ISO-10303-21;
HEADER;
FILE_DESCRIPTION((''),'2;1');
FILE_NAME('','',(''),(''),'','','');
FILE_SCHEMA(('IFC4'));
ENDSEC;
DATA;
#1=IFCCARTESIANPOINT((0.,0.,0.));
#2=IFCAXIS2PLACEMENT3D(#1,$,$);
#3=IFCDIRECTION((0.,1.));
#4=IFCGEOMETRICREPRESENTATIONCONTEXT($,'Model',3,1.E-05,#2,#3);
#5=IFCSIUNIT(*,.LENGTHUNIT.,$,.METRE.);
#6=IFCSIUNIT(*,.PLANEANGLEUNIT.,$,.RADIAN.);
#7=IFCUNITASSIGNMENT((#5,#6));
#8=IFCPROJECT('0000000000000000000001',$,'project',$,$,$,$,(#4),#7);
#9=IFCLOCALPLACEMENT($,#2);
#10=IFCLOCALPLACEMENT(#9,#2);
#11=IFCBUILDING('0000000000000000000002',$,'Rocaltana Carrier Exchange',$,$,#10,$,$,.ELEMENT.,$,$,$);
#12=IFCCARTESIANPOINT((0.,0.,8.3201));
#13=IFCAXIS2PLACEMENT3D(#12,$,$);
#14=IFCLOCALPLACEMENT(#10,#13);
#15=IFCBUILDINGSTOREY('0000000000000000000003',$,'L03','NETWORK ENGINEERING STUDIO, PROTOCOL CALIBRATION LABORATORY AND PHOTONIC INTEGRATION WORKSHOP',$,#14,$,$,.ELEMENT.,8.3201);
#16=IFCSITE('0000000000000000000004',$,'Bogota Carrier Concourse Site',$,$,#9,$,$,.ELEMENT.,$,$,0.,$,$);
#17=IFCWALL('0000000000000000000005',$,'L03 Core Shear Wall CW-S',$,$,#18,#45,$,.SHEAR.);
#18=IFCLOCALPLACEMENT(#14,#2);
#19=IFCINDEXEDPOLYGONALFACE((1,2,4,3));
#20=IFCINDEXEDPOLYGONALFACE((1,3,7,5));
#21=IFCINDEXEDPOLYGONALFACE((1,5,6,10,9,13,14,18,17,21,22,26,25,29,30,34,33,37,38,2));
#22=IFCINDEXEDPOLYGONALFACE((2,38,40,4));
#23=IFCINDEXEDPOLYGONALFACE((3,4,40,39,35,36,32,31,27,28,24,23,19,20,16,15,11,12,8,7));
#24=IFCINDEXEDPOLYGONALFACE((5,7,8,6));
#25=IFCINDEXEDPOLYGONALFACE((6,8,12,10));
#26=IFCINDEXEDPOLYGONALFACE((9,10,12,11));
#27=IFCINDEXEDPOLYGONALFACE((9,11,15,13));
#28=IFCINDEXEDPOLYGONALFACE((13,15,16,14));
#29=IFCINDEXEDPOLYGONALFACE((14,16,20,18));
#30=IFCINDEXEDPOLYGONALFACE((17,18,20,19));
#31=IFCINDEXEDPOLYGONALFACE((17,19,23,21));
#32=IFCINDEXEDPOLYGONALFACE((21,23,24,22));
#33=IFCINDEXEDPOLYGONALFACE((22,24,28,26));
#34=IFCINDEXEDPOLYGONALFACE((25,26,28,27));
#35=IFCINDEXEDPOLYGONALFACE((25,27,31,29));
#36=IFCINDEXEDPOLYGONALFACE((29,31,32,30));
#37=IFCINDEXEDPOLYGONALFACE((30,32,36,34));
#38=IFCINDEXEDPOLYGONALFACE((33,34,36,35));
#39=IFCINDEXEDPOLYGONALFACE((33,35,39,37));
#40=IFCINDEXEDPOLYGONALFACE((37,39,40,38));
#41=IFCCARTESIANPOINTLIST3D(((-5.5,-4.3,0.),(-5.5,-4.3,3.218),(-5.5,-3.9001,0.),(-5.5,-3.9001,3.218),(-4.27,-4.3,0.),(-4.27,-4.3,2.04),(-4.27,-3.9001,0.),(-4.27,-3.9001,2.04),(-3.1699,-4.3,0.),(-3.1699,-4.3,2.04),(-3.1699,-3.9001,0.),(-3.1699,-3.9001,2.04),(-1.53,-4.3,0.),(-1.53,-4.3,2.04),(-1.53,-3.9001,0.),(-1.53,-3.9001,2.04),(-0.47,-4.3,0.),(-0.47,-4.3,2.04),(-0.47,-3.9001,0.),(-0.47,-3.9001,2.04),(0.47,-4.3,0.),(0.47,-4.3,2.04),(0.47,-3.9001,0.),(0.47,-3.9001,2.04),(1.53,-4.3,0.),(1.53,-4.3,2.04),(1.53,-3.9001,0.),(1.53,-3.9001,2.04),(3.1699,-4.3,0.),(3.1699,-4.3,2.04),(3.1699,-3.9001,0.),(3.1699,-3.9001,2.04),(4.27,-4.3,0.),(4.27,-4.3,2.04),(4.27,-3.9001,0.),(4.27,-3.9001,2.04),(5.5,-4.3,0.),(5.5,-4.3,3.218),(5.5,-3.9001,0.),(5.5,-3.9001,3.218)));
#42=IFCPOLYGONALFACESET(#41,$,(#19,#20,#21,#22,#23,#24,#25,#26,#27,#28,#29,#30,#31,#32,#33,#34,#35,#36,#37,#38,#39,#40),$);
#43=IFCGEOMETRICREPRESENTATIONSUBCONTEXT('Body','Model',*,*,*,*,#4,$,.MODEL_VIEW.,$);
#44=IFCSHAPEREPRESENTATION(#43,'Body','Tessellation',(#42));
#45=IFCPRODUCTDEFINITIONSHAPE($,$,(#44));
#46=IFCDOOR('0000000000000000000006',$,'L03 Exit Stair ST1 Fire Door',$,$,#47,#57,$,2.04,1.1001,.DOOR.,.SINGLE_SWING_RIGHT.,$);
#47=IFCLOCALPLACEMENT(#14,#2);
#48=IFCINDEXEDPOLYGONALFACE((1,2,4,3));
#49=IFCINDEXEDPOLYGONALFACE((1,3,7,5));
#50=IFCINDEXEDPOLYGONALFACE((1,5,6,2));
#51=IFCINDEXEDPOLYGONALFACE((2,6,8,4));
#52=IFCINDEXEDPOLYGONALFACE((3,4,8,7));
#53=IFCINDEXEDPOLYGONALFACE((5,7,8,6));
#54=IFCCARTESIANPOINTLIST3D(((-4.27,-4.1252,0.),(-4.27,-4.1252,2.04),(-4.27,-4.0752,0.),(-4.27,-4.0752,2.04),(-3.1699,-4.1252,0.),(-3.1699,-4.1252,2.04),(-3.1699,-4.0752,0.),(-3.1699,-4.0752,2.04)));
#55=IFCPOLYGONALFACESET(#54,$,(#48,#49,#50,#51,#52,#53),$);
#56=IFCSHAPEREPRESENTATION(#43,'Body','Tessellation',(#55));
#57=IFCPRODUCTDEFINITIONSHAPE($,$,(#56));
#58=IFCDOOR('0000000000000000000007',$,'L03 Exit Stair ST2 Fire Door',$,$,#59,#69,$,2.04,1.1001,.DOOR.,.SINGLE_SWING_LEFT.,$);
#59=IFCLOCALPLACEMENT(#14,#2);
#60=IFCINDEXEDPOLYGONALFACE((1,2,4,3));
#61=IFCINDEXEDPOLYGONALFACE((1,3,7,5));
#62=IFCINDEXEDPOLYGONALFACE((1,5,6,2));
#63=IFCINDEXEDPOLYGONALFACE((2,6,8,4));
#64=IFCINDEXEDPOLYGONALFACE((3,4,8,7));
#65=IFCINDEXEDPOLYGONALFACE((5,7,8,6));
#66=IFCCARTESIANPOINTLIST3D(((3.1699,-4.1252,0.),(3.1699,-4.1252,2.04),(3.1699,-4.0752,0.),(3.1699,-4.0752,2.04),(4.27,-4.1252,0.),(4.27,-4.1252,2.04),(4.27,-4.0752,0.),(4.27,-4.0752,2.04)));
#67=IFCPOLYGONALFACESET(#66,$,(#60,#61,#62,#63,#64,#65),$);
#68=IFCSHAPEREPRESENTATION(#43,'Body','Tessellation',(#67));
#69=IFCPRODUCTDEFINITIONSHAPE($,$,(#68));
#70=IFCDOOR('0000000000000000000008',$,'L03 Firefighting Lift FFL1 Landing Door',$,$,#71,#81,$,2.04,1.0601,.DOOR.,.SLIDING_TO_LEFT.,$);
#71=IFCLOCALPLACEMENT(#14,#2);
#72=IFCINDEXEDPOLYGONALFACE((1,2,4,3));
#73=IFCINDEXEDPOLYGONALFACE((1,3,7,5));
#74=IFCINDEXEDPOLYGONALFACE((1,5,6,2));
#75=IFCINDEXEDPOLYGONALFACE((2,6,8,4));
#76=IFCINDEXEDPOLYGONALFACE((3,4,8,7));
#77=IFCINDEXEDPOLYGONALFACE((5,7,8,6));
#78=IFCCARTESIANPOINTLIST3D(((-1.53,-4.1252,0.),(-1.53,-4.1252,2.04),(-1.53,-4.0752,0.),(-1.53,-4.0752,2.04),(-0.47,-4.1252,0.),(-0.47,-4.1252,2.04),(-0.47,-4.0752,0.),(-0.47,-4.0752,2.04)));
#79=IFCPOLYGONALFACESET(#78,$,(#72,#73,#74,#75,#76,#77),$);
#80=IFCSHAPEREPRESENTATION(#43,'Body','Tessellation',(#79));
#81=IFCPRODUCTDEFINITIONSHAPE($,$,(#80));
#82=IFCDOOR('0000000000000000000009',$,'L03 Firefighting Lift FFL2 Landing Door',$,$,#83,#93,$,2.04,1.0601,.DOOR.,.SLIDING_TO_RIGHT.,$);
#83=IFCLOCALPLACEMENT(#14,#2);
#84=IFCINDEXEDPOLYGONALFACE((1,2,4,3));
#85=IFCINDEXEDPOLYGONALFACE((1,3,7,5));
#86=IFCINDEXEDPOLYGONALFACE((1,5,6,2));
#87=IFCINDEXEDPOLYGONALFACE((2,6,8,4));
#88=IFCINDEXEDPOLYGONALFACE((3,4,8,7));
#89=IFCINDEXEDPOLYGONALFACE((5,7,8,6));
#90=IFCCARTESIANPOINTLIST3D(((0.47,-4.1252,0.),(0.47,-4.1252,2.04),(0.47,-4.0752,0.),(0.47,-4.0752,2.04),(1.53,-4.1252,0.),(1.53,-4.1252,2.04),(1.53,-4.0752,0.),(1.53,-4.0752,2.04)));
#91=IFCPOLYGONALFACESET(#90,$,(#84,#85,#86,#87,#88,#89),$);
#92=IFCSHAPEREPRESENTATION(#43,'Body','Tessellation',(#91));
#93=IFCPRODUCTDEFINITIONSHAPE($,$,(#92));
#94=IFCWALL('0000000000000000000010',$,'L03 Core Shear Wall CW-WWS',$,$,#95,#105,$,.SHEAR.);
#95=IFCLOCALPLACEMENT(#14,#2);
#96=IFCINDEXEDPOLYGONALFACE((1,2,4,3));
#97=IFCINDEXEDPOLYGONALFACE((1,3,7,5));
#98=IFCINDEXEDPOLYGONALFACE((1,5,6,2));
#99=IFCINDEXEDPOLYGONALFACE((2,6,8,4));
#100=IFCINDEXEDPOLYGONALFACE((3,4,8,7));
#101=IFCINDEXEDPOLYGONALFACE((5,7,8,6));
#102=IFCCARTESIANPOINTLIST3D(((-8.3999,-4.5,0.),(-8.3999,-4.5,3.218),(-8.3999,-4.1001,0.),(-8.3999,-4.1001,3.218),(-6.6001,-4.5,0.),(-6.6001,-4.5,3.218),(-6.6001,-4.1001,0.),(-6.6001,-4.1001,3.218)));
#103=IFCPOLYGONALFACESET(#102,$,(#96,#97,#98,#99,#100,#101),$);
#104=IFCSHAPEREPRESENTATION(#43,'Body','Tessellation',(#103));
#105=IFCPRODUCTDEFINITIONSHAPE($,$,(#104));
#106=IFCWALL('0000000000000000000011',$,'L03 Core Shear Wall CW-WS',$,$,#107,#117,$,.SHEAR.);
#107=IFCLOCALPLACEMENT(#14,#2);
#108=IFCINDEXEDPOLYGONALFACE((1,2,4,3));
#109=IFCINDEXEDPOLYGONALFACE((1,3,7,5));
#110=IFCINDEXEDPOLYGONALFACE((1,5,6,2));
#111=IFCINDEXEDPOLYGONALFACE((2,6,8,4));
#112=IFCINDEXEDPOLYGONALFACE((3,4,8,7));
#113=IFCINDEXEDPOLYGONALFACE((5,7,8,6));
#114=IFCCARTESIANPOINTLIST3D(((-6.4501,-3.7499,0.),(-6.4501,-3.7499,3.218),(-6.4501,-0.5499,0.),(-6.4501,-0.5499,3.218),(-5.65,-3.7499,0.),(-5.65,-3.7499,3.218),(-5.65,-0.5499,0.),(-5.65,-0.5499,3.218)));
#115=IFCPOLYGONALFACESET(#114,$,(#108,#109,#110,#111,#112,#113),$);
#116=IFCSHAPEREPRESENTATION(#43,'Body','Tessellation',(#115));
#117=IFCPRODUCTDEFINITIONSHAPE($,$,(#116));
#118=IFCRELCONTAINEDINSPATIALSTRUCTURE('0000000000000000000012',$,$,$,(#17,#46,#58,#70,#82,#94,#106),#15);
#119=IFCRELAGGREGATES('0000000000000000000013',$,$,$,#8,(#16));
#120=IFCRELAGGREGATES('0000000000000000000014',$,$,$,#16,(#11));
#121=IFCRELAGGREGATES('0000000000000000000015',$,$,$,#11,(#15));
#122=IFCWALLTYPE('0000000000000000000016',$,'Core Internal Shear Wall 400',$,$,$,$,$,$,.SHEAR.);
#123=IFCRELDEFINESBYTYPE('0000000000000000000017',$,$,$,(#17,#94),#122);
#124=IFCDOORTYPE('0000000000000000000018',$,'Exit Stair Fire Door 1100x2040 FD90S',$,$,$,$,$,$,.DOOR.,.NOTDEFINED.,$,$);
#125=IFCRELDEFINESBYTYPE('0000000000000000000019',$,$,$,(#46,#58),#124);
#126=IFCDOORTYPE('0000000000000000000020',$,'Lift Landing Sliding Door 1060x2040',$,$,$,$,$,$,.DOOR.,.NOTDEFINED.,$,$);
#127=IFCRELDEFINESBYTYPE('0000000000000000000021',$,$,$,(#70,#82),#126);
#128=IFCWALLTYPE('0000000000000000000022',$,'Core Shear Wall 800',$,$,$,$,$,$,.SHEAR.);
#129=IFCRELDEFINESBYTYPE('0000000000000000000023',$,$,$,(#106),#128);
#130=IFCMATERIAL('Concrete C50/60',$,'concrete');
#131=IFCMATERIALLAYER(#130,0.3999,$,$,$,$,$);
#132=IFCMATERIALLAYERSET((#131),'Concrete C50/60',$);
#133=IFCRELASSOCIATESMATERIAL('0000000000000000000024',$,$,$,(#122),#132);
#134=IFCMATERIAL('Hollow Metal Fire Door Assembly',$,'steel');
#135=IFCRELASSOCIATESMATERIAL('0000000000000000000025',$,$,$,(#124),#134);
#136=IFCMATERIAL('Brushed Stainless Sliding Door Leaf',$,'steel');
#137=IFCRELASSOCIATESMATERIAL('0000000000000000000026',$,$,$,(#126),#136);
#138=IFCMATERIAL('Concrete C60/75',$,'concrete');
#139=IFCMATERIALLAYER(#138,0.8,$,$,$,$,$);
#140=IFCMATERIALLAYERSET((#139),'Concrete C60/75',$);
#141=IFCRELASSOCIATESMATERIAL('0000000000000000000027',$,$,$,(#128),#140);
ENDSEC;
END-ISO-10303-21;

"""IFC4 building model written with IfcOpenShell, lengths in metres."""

from ifc_helpers import new_model, si_unit, direction, frame, frame_2d, origin, place, context, subcontext, project, spatial, rectangle, extrude, material, layer, layer_set, type_object, element, fill, save


model = new_model("IFC4")

# Units and contexts
model_context = context("Model", 3, precision=1e-05, world=origin(), true_north=direction((0.0, 1.0)))
body_context = subcontext(model_context, "Body", "Model", "MODEL_VIEW")
ifc_project = project(units=[si_unit("LENGTHUNIT", "METRE"), si_unit("PLANEANGLEUNIT", "RADIAN")], contexts=[model_context])

# Site, building, storey
site_placement = place(None, origin())
site = spatial("IfcSite", under=ifc_project, at=site_placement, Name="Bogota Carrier Concourse Site", CompositionType="ELEMENT", RefElevation=0.0)
building_placement = place(site_placement, origin())
building = spatial("IfcBuilding", under=site, at=building_placement, Name="Rocaltana Carrier Exchange", CompositionType="ELEMENT")
storey_placement = place(building_placement, frame((0.0, 0.0, 8.3201)))
storey = spatial("IfcBuildingStorey", under=building, at=storey_placement, Name="L03", Description="NETWORK ENGINEERING STUDIO, PROTOCOL CALIBRATION LABORATORY AND PHOTONIC INTEGRATION WORKSHOP", CompositionType="ELEMENT", Elevation=8.3201)

# Wall, openings, doors
ifc_material_1 = material(Name="Concrete C50/60", Category="concrete")
ifc_layer_1 = layer(ifc_material_1, 0.3999)
ifc_layer_set_1 = layer_set([ifc_layer_1], Name="Concrete C50/60")
wall_type_1 = type_object("IfcWallType", Name="Core Internal Shear Wall 400", PredefinedType="SHEAR", material=ifc_layer_set_1)
wall_1_placement = place(storey_placement, frame((-5.5, -4.1001, 0.0), z_axis=(0.0, 0.0, 1.0), x_axis=(1.0, 0.0, 0.0)))
wall_1 = element("IfcWall", 1, at=wall_1_placement, inside=storey, type_object=wall_type_1, Name="L03 Core Shear Wall CW-S", PredefinedType="SHEAR", context=body_context, shape_type="SweptSolid", body=[
    extrude(rectangle(XDim=11.0, YDim=0.3999, at=frame_2d((5.5, 0.0))), origin(), (0.0, 0.0, 1.0), 3.218),
])
opening_1_placement = place(wall_1_placement, frame((1.23, 0.0, 0.0)))
opening_1 = element("IfcOpeningElement", 2, at=opening_1_placement, cuts=wall_1, PredefinedType="OPENING", context=body_context, shape_type="SweptSolid", body=[
    extrude(rectangle(XDim=1.1001, YDim=2.04, at=frame_2d((0.55, 1.02))), frame((0.0, 0.21, 0.0), z_axis=(0.0, -1.0, 0.0), x_axis=(1.0, 0.0, 0.0)), (0.0, 0.0, 1.0), 0.4199),
])
opening_2_placement = place(wall_1_placement, frame((8.6699, 0.0, 0.0)))
opening_2 = element("IfcOpeningElement", 3, at=opening_2_placement, cuts=wall_1, PredefinedType="OPENING", context=body_context, shape_type="SweptSolid", body=[
    extrude(rectangle(XDim=1.1001, YDim=2.04, at=frame_2d((0.55, 1.02))), frame((0.0, 0.21, 0.0), z_axis=(0.0, -1.0, 0.0), x_axis=(1.0, 0.0, 0.0)), (0.0, 0.0, 1.0), 0.4199),
])
opening_3_placement = place(wall_1_placement, frame((3.97, 0.0, 0.0)))
opening_3 = element("IfcOpeningElement", 4, at=opening_3_placement, cuts=wall_1, PredefinedType="OPENING", context=body_context, shape_type="SweptSolid", body=[
    extrude(rectangle(XDim=1.0601, YDim=2.04, at=frame_2d((0.53, 1.02))), frame((0.0, 0.21, 0.0), z_axis=(0.0, -1.0, 0.0), x_axis=(1.0, 0.0, 0.0)), (0.0, 0.0, 1.0), 0.4199),
])
opening_4_placement = place(wall_1_placement, frame((5.97, 0.0, 0.0)))
opening_4 = element("IfcOpeningElement", 5, at=opening_4_placement, cuts=wall_1, PredefinedType="OPENING", context=body_context, shape_type="SweptSolid", body=[
    extrude(rectangle(XDim=1.0601, YDim=2.04, at=frame_2d((0.53, 1.02))), frame((0.0, 0.21, 0.0), z_axis=(0.0, -1.0, 0.0), x_axis=(1.0, 0.0, 0.0)), (0.0, 0.0, 1.0), 0.4199),
])
ifc_material_2 = material(Name="Hollow Metal Fire Door Assembly", Category="steel")
door_type_1 = type_object("IfcDoorType", Name="Exit Stair Fire Door 1100x2040 FD90S", OperationType="NOTDEFINED", PredefinedType="DOOR", material=ifc_material_2)
door_1_placement = place(opening_1_placement, origin())
door_1 = element("IfcDoor", 6, at=door_1_placement, inside=storey, type_object=door_type_1, Name="L03 Exit Stair ST1 Fire Door", OperationType="SINGLE_SWING_RIGHT", OverallHeight=2.04, OverallWidth=1.1001, PredefinedType="DOOR", context=body_context, shape_type="SweptSolid", body=[
    extrude(rectangle(XDim=1.1001, YDim=2.04, at=frame_2d((0.55, 1.02))), frame((0.0, 0.0249, 0.0), z_axis=(0.0, -1.0, 0.0), x_axis=(1.0, 0.0, 0.0)), (0.0, 0.0, 1.0), 0.05),
])
fill(opening_1, door_1)
door_2_placement = place(opening_2_placement, origin())
door_2 = element("IfcDoor", 7, at=door_2_placement, inside=storey, type_object=door_type_1, Name="L03 Exit Stair ST2 Fire Door", OperationType="SINGLE_SWING_LEFT", OverallHeight=2.04, OverallWidth=1.1001, PredefinedType="DOOR", context=body_context, shape_type="SweptSolid", body=[
    extrude(rectangle(XDim=1.1001, YDim=2.04, at=frame_2d((0.55, 1.02))), frame((0.0, 0.0249, 0.0), z_axis=(0.0, -1.0, 0.0), x_axis=(1.0, 0.0, 0.0)), (0.0, 0.0, 1.0), 0.05),
])
fill(opening_2, door_2)
ifc_material_3 = material(Name="Brushed Stainless Sliding Door Leaf", Category="steel")
door_type_2 = type_object("IfcDoorType", Name="Lift Landing Sliding Door 1060x2040", OperationType="NOTDEFINED", PredefinedType="DOOR", material=ifc_material_3)
door_3_placement = place(opening_3_placement, origin())
door_3 = element("IfcDoor", 8, at=door_3_placement, inside=storey, type_object=door_type_2, Name="L03 Firefighting Lift FFL1 Landing Door", OperationType="SLIDING_TO_LEFT", OverallHeight=2.04, OverallWidth=1.0601, PredefinedType="DOOR", context=body_context, shape_type="SweptSolid", body=[
    extrude(rectangle(XDim=1.0601, YDim=2.04, at=frame_2d((0.53, 1.02))), frame((0.0, 0.0249, 0.0), z_axis=(0.0, -1.0, 0.0), x_axis=(1.0, 0.0, 0.0)), (0.0, 0.0, 1.0), 0.05),
])
fill(opening_3, door_3)
door_4_placement = place(opening_4_placement, origin())
door_4 = element("IfcDoor", 9, at=door_4_placement, inside=storey, type_object=door_type_2, Name="L03 Firefighting Lift FFL2 Landing Door", OperationType="SLIDING_TO_RIGHT", OverallHeight=2.04, OverallWidth=1.0601, PredefinedType="DOOR", context=body_context, shape_type="SweptSolid", body=[
    extrude(rectangle(XDim=1.0601, YDim=2.04, at=frame_2d((0.53, 1.02))), frame((0.0, 0.0249, 0.0), z_axis=(0.0, -1.0, 0.0), x_axis=(1.0, 0.0, 0.0)), (0.0, 0.0, 1.0), 0.05),
])
fill(opening_4, door_4)

# Walls
wall_2_placement = place(storey_placement, frame((-8.3999, -4.3, 0.0), z_axis=(0.0, 0.0, 1.0), x_axis=(1.0, 0.0, 0.0)))
element("IfcWall", 10, at=wall_2_placement, inside=storey, type_object=wall_type_1, Name="L03 Core Shear Wall CW-WWS", PredefinedType="SHEAR", context=body_context, shape_type="SweptSolid", body=[
    extrude(rectangle(XDim=1.7998, YDim=0.3999, at=frame_2d((0.8999, 0.0))), origin(), (0.0, 0.0, 1.0), 3.218),
])
ifc_material_4 = material(Name="Concrete C60/75", Category="concrete")
ifc_layer_2 = layer(ifc_material_4, 0.8)
ifc_layer_set_2 = layer_set([ifc_layer_2], Name="Concrete C60/75")
wall_type_2 = type_object("IfcWallType", Name="Core Shear Wall 800", PredefinedType="SHEAR", material=ifc_layer_set_2)
wall_3_placement = place(storey_placement, frame((-6.05, -3.75, 0.0), z_axis=(0.0, 0.0, 1.0), x_axis=(0.0, 1.0, 0.0)))
element("IfcWall", 11, at=wall_3_placement, inside=storey, type_object=wall_type_2, Name="L03 Core Shear Wall CW-WS", PredefinedType="SHEAR", context=body_context, shape_type="SweptSolid", body=[
    extrude(rectangle(XDim=3.2, YDim=0.8, at=frame_2d((1.6001, 0.0))), origin(), (0.0, 0.0, 1.0), 3.218),
])

save(model, "model.ifc")
